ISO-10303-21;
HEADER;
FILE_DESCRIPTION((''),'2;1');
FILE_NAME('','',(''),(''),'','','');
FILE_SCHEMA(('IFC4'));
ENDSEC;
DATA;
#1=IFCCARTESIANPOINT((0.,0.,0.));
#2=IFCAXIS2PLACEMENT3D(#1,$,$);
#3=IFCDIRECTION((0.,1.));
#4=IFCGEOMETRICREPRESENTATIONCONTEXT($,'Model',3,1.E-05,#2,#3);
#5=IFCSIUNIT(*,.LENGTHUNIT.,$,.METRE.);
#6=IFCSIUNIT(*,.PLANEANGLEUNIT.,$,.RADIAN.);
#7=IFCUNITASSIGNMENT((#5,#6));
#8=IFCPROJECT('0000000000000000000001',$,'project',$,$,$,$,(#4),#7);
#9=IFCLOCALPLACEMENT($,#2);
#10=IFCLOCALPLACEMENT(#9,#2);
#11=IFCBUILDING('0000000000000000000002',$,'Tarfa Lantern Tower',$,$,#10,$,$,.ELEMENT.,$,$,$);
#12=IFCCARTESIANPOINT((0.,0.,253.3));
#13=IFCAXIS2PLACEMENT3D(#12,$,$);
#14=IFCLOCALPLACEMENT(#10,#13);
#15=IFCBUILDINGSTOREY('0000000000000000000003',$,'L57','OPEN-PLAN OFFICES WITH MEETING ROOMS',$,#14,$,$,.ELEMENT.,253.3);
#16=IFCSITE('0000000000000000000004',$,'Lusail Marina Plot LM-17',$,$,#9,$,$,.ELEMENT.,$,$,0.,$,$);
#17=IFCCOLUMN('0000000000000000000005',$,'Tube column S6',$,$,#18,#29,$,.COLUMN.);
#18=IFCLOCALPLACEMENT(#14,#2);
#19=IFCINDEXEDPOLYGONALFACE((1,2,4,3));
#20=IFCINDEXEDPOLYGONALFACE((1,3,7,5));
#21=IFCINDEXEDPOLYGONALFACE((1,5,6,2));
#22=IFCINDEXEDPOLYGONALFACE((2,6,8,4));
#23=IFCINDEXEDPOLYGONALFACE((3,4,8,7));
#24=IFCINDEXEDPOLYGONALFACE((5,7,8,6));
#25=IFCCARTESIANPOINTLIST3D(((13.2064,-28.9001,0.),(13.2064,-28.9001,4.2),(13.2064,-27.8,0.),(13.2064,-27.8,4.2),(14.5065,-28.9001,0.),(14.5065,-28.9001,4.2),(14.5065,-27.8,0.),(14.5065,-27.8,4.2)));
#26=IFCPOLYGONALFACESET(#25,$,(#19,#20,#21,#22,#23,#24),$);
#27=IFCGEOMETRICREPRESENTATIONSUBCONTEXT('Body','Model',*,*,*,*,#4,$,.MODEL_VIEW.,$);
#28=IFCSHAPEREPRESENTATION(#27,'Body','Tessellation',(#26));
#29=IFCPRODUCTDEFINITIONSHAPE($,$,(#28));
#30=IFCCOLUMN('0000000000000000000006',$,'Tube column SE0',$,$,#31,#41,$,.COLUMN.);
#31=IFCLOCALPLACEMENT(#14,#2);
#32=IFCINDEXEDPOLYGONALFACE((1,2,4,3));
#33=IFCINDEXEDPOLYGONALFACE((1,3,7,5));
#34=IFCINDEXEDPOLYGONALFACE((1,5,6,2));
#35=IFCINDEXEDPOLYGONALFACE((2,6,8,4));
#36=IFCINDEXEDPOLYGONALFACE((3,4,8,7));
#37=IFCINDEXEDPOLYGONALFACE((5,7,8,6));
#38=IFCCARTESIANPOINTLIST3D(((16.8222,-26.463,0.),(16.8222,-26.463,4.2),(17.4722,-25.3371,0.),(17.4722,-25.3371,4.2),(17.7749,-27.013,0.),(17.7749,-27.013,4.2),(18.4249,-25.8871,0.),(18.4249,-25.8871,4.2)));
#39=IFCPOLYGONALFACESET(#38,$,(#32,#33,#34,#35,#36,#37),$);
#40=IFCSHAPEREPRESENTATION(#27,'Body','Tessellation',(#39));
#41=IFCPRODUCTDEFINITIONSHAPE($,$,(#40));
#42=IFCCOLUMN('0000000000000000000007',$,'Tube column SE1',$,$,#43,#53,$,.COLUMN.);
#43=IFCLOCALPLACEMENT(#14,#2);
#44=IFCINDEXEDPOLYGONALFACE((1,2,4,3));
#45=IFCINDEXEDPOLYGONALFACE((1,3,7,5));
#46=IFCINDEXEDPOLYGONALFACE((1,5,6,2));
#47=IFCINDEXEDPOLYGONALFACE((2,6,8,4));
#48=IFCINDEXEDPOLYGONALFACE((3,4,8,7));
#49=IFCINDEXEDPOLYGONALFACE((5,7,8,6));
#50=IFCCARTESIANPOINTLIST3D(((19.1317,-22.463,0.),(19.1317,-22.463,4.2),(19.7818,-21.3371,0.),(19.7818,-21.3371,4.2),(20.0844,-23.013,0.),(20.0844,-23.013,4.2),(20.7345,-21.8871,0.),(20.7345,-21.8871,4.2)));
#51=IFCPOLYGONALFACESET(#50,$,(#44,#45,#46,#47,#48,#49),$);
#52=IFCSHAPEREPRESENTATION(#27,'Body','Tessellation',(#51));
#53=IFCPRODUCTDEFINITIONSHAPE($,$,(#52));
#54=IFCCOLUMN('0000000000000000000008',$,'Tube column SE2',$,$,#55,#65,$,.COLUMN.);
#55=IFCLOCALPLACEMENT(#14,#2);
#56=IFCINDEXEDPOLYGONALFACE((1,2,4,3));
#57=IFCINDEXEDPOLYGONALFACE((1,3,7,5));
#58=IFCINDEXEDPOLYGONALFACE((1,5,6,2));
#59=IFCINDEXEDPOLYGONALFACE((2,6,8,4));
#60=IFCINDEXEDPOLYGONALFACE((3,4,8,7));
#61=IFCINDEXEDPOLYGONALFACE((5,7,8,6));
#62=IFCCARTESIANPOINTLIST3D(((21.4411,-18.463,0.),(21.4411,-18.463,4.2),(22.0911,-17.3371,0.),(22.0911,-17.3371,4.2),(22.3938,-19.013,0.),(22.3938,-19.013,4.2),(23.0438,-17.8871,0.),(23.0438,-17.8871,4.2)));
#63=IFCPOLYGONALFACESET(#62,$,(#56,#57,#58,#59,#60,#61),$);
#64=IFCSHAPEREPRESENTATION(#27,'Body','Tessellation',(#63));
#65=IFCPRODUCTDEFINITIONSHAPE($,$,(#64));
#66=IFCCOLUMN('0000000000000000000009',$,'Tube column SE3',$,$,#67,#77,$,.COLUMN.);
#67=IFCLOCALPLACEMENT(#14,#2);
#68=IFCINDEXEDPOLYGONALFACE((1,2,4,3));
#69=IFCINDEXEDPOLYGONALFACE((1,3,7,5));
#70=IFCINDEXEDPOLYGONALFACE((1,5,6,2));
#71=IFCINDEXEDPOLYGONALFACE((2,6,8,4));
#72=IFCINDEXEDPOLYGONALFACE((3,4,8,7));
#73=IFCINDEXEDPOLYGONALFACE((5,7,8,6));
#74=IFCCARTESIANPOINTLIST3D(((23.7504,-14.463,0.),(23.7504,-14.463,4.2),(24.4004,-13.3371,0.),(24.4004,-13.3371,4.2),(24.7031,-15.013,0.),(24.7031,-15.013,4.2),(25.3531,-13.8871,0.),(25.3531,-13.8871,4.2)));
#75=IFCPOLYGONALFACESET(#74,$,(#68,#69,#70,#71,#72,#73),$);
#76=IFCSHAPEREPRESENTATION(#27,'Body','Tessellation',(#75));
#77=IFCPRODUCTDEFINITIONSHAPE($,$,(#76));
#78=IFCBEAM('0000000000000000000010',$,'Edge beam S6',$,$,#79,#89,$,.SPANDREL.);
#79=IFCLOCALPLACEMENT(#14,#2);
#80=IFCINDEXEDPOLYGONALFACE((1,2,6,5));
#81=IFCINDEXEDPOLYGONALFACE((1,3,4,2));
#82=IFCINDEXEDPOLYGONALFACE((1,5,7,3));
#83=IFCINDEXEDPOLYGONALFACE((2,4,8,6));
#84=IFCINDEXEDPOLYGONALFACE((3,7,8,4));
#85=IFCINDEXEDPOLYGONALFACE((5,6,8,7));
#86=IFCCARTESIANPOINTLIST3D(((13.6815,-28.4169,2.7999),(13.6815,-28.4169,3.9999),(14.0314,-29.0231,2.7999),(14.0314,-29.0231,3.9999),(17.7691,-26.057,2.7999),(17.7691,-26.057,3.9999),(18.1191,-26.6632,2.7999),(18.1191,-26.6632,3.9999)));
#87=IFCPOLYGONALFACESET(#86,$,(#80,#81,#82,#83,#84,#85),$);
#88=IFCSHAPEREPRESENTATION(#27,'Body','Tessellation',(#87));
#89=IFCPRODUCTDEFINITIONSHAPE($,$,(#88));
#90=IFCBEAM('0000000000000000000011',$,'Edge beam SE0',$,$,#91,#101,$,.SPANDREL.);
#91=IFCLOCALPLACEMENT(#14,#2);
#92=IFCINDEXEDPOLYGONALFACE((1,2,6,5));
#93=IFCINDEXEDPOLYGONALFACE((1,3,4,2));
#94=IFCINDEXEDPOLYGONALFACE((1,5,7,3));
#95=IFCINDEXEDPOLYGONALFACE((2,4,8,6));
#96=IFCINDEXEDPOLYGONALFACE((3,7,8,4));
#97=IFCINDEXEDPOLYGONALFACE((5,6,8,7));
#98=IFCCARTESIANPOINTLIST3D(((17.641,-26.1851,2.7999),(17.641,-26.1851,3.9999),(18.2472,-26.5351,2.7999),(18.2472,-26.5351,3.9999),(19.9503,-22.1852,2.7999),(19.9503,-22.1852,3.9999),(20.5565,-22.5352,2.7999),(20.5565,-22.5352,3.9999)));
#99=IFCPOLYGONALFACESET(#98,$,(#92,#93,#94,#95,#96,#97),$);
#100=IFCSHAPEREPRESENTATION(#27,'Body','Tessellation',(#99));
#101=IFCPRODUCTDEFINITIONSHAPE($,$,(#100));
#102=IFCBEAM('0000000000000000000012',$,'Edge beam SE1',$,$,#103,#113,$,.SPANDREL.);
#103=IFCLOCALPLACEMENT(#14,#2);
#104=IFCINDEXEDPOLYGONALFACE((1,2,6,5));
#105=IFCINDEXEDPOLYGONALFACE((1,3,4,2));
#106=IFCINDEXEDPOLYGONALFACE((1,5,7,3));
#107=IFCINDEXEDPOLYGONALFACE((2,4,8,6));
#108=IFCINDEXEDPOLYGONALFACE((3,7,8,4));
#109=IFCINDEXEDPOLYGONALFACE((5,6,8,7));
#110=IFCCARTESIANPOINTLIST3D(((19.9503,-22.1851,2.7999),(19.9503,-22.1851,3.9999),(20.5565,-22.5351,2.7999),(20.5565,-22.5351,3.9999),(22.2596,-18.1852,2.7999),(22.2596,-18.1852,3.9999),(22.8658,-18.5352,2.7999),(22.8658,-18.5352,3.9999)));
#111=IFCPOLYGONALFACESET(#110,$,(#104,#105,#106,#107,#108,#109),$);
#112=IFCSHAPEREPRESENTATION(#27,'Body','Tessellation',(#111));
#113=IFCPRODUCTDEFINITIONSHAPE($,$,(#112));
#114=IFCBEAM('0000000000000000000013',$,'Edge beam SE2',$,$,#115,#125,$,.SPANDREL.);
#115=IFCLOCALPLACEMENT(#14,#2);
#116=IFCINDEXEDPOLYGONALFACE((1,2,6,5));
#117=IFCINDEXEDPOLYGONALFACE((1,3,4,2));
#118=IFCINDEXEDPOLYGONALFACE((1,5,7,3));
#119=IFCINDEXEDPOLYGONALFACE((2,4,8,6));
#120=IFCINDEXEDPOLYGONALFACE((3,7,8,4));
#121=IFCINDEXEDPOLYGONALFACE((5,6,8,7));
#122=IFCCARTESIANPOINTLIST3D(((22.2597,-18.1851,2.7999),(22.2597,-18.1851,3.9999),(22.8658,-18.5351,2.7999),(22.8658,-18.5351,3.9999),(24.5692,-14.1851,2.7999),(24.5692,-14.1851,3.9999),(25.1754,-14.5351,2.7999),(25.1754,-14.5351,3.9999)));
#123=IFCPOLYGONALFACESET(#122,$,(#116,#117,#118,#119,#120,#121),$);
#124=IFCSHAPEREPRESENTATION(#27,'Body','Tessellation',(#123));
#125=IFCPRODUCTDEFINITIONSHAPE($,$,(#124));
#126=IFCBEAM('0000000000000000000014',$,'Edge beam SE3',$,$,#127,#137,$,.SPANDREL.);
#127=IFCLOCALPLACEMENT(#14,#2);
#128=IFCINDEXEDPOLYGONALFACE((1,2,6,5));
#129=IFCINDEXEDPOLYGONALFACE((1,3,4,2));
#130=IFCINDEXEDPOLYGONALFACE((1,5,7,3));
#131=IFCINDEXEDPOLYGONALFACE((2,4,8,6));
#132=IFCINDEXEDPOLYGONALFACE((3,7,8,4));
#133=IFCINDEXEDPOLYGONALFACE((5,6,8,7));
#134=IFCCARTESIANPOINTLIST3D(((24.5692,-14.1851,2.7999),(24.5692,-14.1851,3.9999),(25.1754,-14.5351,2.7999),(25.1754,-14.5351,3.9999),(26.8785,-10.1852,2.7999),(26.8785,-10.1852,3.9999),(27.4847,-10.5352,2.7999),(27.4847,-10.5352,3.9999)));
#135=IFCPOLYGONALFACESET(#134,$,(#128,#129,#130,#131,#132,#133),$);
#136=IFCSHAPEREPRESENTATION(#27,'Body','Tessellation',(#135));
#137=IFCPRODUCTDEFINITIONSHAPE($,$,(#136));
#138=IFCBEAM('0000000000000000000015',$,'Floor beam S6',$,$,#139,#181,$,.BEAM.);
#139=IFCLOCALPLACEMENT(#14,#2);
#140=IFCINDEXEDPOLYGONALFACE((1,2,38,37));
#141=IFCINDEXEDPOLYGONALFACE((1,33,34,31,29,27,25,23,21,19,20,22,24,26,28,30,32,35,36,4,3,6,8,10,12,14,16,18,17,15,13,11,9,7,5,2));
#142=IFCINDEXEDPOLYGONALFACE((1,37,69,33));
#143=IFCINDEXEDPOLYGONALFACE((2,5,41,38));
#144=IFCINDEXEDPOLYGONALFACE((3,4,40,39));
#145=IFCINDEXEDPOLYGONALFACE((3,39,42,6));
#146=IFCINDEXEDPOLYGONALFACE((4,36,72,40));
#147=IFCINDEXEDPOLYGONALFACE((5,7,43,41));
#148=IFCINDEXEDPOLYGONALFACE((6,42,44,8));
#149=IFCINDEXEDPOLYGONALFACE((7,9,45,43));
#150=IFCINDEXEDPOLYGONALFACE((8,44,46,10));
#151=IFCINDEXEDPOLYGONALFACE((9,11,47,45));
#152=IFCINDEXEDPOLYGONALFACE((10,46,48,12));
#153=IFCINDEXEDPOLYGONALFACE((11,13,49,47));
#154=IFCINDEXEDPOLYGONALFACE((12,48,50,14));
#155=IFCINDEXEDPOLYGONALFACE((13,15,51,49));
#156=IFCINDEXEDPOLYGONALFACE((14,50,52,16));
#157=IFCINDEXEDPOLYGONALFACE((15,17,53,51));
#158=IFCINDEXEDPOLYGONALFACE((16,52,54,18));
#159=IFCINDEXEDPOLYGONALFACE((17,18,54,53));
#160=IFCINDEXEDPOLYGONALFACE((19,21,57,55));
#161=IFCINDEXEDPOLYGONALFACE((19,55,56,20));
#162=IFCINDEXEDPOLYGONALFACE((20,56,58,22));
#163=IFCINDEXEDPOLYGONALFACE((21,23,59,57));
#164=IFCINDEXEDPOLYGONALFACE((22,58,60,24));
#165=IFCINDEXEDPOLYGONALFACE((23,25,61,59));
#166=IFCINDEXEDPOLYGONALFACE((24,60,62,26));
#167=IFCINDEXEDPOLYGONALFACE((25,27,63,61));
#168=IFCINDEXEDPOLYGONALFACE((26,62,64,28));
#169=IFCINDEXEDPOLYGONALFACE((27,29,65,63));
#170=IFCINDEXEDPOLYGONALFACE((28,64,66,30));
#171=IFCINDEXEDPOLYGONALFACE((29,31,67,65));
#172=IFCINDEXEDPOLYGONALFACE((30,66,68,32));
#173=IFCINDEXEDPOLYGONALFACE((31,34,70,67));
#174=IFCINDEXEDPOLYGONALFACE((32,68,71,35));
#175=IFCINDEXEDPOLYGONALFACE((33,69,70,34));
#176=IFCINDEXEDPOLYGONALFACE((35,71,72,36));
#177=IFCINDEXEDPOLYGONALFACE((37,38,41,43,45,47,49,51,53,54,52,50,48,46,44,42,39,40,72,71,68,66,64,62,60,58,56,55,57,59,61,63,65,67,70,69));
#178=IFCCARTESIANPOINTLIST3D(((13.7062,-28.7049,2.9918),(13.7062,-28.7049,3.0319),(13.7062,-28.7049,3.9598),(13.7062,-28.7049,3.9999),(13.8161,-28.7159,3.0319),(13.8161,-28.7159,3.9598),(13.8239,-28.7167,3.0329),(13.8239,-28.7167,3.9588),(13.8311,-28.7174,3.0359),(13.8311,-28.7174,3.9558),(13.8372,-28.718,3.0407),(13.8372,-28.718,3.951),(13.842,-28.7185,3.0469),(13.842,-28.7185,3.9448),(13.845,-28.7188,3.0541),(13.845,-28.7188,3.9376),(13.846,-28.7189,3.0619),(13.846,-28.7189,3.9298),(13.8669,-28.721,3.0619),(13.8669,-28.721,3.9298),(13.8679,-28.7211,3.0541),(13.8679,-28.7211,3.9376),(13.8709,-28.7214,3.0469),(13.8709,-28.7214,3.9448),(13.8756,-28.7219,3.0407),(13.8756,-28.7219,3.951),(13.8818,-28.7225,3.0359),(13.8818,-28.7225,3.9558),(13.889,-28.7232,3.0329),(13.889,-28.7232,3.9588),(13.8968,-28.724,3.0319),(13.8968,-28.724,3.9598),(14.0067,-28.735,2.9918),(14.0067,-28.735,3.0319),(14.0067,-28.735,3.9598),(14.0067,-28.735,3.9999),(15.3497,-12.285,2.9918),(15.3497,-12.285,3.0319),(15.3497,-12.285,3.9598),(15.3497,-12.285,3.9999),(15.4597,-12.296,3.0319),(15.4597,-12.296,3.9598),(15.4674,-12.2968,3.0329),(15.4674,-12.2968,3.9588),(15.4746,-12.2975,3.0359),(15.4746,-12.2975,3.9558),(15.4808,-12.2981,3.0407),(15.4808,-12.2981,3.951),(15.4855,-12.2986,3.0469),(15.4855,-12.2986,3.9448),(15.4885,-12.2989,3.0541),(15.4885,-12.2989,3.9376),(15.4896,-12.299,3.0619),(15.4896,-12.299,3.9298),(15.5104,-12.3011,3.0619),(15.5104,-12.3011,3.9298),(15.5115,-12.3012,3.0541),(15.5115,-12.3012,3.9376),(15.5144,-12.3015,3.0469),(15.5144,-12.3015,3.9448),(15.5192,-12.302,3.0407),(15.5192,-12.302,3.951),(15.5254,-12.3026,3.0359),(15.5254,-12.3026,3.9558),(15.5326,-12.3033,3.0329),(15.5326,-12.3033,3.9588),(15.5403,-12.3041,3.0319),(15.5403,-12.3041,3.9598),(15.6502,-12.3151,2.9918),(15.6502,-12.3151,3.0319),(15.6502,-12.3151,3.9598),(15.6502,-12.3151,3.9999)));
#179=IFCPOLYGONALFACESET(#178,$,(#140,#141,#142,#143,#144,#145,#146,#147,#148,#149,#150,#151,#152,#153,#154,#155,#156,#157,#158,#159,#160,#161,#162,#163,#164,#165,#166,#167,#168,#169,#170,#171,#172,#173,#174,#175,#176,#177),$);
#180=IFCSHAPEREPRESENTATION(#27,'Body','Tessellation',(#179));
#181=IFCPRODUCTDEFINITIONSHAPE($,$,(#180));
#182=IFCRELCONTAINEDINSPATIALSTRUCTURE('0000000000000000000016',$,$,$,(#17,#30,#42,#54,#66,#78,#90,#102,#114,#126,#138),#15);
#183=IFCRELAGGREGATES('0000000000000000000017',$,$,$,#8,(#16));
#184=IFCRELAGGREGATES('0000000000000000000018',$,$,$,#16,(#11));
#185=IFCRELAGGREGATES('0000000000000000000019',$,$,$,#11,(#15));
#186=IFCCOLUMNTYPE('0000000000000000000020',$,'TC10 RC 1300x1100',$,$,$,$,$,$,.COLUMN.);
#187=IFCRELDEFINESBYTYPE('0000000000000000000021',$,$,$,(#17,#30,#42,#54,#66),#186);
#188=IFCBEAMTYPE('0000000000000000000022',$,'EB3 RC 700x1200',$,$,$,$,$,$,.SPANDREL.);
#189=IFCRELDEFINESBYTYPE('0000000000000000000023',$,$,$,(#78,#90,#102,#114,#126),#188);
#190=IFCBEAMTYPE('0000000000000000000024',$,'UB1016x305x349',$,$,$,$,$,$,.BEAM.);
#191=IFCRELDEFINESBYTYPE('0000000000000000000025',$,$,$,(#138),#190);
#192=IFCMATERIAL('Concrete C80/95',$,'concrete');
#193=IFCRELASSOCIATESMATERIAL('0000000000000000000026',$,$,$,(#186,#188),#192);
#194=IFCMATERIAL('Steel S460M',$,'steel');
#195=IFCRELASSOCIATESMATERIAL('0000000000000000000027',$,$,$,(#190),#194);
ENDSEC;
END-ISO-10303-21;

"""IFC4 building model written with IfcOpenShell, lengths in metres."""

from ifc_helpers import new_model, si_unit, direction, frame, origin, origin_2d, place, context, subcontext, project, spatial, rectangle, i_section, extrude, material, material_profile, profile_set, type_object, element, save


model = new_model("IFC4")

# Units and contexts
model_context = context("Model", 3, precision=1e-05, world=origin(), true_north=direction((0.0, 1.0)))
body_context = subcontext(model_context, "Body", "Model", "MODEL_VIEW")
ifc_project = project(units=[si_unit("LENGTHUNIT", "METRE"), si_unit("PLANEANGLEUNIT", "RADIAN")], contexts=[model_context])

# Site, building, storey
site_placement = place(None, origin())
site = spatial("IfcSite", under=ifc_project, at=site_placement, Name="Lusail Marina Plot LM-17", CompositionType="ELEMENT", RefElevation=0.0)
building_placement = place(site_placement, origin())
building = spatial("IfcBuilding", under=site, at=building_placement, Name="Tarfa Lantern Tower", CompositionType="ELEMENT")
storey_placement = place(building_placement, frame((0.0, 0.0, 253.3)))
storey = spatial("IfcBuildingStorey", under=building, at=storey_placement, Name="L57", Description="OPEN-PLAN OFFICES WITH MEETING ROOMS", CompositionType="ELEMENT", Elevation=253.3)

# Columns
ifc_material_1 = material(Name="Concrete C80/95", Category="concrete")
ifc_material_profile_1 = material_profile(ifc_material_1, rectangle(XDim=1.3, YDim=1.1001, at=origin_2d()), Name="RC 1300x1100")
ifc_profile_set_1 = profile_set([ifc_material_profile_1], Name="Concrete C80/95")
column_type = type_object("IfcColumnType", Name="TC10 RC 1300x1100", PredefinedType="COLUMN", material=ifc_profile_set_1)
for number, where, z_axis, x_axis, name in (
    (1, (13.8564, -28.3501, 0.0), (0.0, 0.0, 1.0), (1.0, 0.0, 0.0), "Tube column S6"),
    (2, (17.6235, -26.175, 0.0), (0.0, 0.0, 1.0), (0.5, 0.866025, 0.0), "Tube column SE0"),
    (3, (19.9331, -22.175, 0.0), (0.0, 0.0, 1.0), (0.5, 0.866025, 0.0), "Tube column SE1"),
    (4, (22.2424, -18.175, 0.0), (0.0, 0.0, 1.0), (0.5, 0.866025, 0.0), "Tube column SE2"),
    (5, (24.5518, -14.175, 0.0), (0.0, 0.0, 1.0), (0.5, 0.866025, 0.0), "Tube column SE3"),
):
    element("IfcColumn", number, at=place(storey_placement, frame(where, z_axis=z_axis, x_axis=x_axis)), inside=storey, type_object=column_type, Name=name, PredefinedType="COLUMN", context=body_context, shape_type="SweptSolid", body=[
        extrude(rectangle(XDim=1.3, YDim=1.1001, at=origin_2d()), origin(), (0.0, 0.0, 1.0), 4.2),
    ])

# Beams
ifc_material_profile_2 = material_profile(ifc_material_1, rectangle(XDim=0.7, YDim=1.2, at=origin_2d()), Name="RC 700x1200")
ifc_profile_set_2 = profile_set([ifc_material_profile_2], Name="Concrete C80/95")
beam_type_1 = type_object("IfcBeamType", Name="EB3 RC 700x1200", PredefinedType="SPANDREL", material=ifc_profile_set_2)
beam_1_placement = place(storey_placement, frame((13.8564, -28.72, 3.3999), z_axis=(0.866038, 0.499978, 0.0), x_axis=(-0.499978, 0.866038, 0.0)))
element("IfcBeam", 6, at=beam_1_placement, inside=storey, type_object=beam_type_1, Name="Edge beam S6", PredefinedType="SPANDREL", context=body_context, shape_type="SweptSolid", body=[
    extrude(rectangle(XDim=0.7, YDim=1.2, at=origin_2d()), origin(), (0.0, 0.0, 1.0), 4.72),
])
for number, where, z_axis, x_axis, name in (
    (7, (17.9441, -26.3601, 3.3999), (0.499988, 0.866032, 0.0), (-0.866032, 0.499988, 0.0), "Edge beam SE0"),
    (8, (20.2534, -22.3601, 3.3999), (0.499988, 0.866032, 0.0), (-0.866032, 0.499988, 0.0), "Edge beam SE1"),
):
    element("IfcBeam", number, at=place(storey_placement, frame(where, z_axis=z_axis, x_axis=x_axis)), inside=storey, type_object=beam_type_1, Name=name, PredefinedType="SPANDREL", context=body_context, shape_type="SweptSolid", body=[
        extrude(rectangle(XDim=0.7, YDim=1.2, at=origin_2d()), origin(), (0.0, 0.0, 1.0), 4.6187),
    ])
beam_2_placement = place(storey_placement, frame((22.5627, -18.3601, 3.3999), z_axis=(0.500027, 0.86601, 0.0), x_axis=(-0.86601, 0.500027, 0.0)))
element("IfcBeam", 9, at=beam_2_placement, inside=storey, type_object=beam_type_1, Name="Edge beam SE2", PredefinedType="SPANDREL", context=body_context, shape_type="SweptSolid", body=[
    extrude(rectangle(XDim=0.7, YDim=1.2, at=origin_2d()), origin(), (0.0, 0.0, 1.0), 4.6189),
])
beam_3_placement = place(storey_placement, frame((24.8723, -14.3601, 3.3999), z_axis=(0.499988, 0.866032, 0.0), x_axis=(-0.866032, 0.499988, 0.0)))
element("IfcBeam", 10, at=beam_3_placement, inside=storey, type_object=beam_type_1, Name="Edge beam SE3", PredefinedType="SPANDREL", context=body_context, shape_type="SweptSolid", body=[
    extrude(rectangle(XDim=0.7, YDim=1.2, at=origin_2d()), origin(), (0.0, 0.0, 1.0), 4.6187),
])
ifc_material_2 = material(Name="Steel S460M", Category="steel")
ifc_material_profile_3 = material_profile(ifc_material_2, i_section(OverallWidth=0.302, OverallDepth=1.0081, WebThickness=0.021, FlangeThickness=0.04, FilletRadius=0.03, at=origin_2d()), Name="UB1016x305x349")
ifc_profile_set_3 = profile_set([ifc_material_profile_3], Name="Steel S460M")
beam_type_2 = type_object("IfcBeamType", Name="UB1016x305x349", PredefinedType="BEAM", material=ifc_profile_set_3)
beam_4_placement = place(storey_placement, frame((13.8564, -28.72, 3.4958), z_axis=(0.099597, 0.995028, 0.0), x_axis=(-0.995028, 0.099597, 0.0)))
element("IfcBeam", 11, at=beam_4_placement, inside=storey, type_object=beam_type_2, Name="Floor beam S6", PredefinedType="BEAM", context=body_context, shape_type="SweptSolid", body=[
    extrude(i_section(OverallWidth=0.302, OverallDepth=1.0081, WebThickness=0.021, FlangeThickness=0.04, FilletRadius=0.03, at=origin_2d()), origin(), (0.0, 0.0, 1.0), 16.502),
])

save(model, "model.ifc")
